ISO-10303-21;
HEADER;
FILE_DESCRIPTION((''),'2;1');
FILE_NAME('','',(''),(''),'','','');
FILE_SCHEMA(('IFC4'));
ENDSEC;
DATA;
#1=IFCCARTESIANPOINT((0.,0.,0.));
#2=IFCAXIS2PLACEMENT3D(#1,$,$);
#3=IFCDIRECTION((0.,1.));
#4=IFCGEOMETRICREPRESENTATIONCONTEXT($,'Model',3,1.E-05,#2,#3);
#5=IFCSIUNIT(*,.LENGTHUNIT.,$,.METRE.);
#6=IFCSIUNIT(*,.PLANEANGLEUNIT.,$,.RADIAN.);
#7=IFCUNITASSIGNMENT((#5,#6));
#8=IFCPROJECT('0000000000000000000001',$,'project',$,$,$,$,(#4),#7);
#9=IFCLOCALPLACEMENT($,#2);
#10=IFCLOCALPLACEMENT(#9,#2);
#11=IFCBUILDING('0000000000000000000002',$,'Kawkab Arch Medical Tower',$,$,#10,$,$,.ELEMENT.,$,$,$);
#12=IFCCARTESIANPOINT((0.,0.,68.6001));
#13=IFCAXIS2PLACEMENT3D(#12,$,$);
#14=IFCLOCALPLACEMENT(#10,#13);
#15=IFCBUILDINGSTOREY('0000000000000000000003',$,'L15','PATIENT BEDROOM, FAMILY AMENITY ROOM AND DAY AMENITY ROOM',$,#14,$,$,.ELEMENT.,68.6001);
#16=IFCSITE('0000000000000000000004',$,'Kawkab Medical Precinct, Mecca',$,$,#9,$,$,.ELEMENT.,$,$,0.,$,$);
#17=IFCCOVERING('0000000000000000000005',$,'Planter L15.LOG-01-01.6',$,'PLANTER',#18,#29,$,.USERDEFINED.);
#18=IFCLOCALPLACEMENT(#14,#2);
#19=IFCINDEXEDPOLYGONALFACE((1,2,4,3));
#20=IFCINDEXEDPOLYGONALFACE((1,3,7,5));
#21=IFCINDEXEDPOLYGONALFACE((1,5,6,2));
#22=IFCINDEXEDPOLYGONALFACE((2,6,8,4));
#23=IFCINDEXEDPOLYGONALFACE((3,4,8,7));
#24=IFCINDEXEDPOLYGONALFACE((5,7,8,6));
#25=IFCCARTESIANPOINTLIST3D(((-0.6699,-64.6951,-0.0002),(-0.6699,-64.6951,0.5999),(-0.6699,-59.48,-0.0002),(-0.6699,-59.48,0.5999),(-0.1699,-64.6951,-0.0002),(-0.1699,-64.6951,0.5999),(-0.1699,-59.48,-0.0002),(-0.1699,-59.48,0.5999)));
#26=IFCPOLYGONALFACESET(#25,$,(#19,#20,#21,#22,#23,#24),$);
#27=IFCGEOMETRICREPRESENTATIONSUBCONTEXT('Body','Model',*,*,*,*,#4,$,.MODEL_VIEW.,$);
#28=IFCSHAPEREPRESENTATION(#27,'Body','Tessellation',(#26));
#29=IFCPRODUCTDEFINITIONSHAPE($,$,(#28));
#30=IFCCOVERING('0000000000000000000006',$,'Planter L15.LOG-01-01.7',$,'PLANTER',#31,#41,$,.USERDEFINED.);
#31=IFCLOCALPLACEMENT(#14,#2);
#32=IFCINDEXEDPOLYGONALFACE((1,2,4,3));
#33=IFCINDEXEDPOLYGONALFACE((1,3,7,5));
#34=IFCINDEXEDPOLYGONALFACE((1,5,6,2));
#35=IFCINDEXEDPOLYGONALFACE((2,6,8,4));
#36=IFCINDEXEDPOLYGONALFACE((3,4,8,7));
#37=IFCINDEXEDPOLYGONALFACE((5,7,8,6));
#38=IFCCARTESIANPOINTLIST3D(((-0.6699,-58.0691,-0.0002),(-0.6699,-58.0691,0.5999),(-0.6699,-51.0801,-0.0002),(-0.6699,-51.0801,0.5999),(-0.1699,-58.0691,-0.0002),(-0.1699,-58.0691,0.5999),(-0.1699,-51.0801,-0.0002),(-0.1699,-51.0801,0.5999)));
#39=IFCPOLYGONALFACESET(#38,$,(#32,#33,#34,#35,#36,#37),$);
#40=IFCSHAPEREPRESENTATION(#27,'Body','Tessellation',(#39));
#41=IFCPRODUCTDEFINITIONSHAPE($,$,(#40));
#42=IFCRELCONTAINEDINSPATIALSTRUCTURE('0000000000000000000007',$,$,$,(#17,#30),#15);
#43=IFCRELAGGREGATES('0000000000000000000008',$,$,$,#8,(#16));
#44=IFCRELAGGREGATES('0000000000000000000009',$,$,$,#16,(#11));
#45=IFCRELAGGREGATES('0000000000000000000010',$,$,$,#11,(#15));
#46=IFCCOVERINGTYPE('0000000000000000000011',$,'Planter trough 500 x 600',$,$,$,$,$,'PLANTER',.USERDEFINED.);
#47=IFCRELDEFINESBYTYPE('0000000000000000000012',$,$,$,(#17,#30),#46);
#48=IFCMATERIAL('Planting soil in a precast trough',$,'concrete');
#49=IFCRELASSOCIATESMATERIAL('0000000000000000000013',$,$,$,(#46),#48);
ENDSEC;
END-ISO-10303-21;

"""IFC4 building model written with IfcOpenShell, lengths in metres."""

from ifc_helpers import new_model, si_unit, direction, frame, origin, origin_2d, place, context, subcontext, project, spatial, rectangle, extrude, material, material_profile, profile_set, type_object, element, save


model = new_model("IFC4")

# Units and contexts
model_context = context("Model", 3, precision=1e-05, world=origin(), true_north=direction((0.0, 1.0)))
body_context = subcontext(model_context, "Body", "Model", "MODEL_VIEW")
ifc_project = project(units=[si_unit("LENGTHUNIT", "METRE"), si_unit("PLANEANGLEUNIT", "RADIAN")], contexts=[model_context])

# Site, building, storey
site_placement = place(None, origin())
site = spatial("IfcSite", under=ifc_project, at=site_placement, Name="Kawkab Medical Precinct, Mecca", CompositionType="ELEMENT", RefElevation=0.0)
building_placement = place(site_placement, origin())
building = spatial("IfcBuilding", under=site, at=building_placement, Name="Kawkab Arch Medical Tower", CompositionType="ELEMENT")
storey_placement = place(building_placement, frame((0.0, 0.0, 68.6001)))
storey = spatial("IfcBuildingStorey", under=building, at=storey_placement, Name="L15", Description="PATIENT BEDROOM, FAMILY AMENITY ROOM AND DAY AMENITY ROOM", CompositionType="ELEMENT", Elevation=68.6001)

# Coverings
ifc_material_1 = material(Name="Planting soil in a precast trough", Category="concrete")
ifc_material_profile_1 = material_profile(ifc_material_1, rectangle(XDim=0.5, YDim=0.6001, at=origin_2d()), Name="Trough 500x600")
ifc_profile_set_1 = profile_set([ifc_material_profile_1], Name="Planting soil in a precast trough")
covering_type_1 = type_object("IfcCoveringType", Name="Planter trough 500 x 600", ElementType="PLANTER", PredefinedType="USERDEFINED", material=ifc_profile_set_1)
covering_1_placement = place(storey_placement, frame((-0.4199, -64.6951, 0.2998), z_axis=(0.0, 1.0, 0.0), x_axis=(-1.0, 0.0, 0.0)))
element("IfcCovering", 1, at=covering_1_placement, inside=storey, type_object=covering_type_1, Name="Planter L15.LOG-01-01.6", ObjectType="PLANTER", PredefinedType="USERDEFINED", context=body_context, shape_type="SweptSolid", body=[
    extrude(rectangle(XDim=0.5, YDim=0.6001, at=origin_2d()), origin(), (0.0, 0.0, 1.0), 5.2151),
])
covering_2_placement = place(storey_placement, frame((-0.4199, -58.0691, 0.2998), z_axis=(0.0, 1.0, 0.0), x_axis=(-1.0, 0.0, 0.0)))
element("IfcCovering", 2, at=covering_2_placement, inside=storey, type_object=covering_type_1, Name="Planter L15.LOG-01-01.7", ObjectType="PLANTER", PredefinedType="USERDEFINED", context=body_context, shape_type="SweptSolid", body=[
    extrude(rectangle(XDim=0.5, YDim=0.6001, at=origin_2d()), origin(), (0.0, 0.0, 1.0), 6.989),
])

save(model, "model.ifc")
